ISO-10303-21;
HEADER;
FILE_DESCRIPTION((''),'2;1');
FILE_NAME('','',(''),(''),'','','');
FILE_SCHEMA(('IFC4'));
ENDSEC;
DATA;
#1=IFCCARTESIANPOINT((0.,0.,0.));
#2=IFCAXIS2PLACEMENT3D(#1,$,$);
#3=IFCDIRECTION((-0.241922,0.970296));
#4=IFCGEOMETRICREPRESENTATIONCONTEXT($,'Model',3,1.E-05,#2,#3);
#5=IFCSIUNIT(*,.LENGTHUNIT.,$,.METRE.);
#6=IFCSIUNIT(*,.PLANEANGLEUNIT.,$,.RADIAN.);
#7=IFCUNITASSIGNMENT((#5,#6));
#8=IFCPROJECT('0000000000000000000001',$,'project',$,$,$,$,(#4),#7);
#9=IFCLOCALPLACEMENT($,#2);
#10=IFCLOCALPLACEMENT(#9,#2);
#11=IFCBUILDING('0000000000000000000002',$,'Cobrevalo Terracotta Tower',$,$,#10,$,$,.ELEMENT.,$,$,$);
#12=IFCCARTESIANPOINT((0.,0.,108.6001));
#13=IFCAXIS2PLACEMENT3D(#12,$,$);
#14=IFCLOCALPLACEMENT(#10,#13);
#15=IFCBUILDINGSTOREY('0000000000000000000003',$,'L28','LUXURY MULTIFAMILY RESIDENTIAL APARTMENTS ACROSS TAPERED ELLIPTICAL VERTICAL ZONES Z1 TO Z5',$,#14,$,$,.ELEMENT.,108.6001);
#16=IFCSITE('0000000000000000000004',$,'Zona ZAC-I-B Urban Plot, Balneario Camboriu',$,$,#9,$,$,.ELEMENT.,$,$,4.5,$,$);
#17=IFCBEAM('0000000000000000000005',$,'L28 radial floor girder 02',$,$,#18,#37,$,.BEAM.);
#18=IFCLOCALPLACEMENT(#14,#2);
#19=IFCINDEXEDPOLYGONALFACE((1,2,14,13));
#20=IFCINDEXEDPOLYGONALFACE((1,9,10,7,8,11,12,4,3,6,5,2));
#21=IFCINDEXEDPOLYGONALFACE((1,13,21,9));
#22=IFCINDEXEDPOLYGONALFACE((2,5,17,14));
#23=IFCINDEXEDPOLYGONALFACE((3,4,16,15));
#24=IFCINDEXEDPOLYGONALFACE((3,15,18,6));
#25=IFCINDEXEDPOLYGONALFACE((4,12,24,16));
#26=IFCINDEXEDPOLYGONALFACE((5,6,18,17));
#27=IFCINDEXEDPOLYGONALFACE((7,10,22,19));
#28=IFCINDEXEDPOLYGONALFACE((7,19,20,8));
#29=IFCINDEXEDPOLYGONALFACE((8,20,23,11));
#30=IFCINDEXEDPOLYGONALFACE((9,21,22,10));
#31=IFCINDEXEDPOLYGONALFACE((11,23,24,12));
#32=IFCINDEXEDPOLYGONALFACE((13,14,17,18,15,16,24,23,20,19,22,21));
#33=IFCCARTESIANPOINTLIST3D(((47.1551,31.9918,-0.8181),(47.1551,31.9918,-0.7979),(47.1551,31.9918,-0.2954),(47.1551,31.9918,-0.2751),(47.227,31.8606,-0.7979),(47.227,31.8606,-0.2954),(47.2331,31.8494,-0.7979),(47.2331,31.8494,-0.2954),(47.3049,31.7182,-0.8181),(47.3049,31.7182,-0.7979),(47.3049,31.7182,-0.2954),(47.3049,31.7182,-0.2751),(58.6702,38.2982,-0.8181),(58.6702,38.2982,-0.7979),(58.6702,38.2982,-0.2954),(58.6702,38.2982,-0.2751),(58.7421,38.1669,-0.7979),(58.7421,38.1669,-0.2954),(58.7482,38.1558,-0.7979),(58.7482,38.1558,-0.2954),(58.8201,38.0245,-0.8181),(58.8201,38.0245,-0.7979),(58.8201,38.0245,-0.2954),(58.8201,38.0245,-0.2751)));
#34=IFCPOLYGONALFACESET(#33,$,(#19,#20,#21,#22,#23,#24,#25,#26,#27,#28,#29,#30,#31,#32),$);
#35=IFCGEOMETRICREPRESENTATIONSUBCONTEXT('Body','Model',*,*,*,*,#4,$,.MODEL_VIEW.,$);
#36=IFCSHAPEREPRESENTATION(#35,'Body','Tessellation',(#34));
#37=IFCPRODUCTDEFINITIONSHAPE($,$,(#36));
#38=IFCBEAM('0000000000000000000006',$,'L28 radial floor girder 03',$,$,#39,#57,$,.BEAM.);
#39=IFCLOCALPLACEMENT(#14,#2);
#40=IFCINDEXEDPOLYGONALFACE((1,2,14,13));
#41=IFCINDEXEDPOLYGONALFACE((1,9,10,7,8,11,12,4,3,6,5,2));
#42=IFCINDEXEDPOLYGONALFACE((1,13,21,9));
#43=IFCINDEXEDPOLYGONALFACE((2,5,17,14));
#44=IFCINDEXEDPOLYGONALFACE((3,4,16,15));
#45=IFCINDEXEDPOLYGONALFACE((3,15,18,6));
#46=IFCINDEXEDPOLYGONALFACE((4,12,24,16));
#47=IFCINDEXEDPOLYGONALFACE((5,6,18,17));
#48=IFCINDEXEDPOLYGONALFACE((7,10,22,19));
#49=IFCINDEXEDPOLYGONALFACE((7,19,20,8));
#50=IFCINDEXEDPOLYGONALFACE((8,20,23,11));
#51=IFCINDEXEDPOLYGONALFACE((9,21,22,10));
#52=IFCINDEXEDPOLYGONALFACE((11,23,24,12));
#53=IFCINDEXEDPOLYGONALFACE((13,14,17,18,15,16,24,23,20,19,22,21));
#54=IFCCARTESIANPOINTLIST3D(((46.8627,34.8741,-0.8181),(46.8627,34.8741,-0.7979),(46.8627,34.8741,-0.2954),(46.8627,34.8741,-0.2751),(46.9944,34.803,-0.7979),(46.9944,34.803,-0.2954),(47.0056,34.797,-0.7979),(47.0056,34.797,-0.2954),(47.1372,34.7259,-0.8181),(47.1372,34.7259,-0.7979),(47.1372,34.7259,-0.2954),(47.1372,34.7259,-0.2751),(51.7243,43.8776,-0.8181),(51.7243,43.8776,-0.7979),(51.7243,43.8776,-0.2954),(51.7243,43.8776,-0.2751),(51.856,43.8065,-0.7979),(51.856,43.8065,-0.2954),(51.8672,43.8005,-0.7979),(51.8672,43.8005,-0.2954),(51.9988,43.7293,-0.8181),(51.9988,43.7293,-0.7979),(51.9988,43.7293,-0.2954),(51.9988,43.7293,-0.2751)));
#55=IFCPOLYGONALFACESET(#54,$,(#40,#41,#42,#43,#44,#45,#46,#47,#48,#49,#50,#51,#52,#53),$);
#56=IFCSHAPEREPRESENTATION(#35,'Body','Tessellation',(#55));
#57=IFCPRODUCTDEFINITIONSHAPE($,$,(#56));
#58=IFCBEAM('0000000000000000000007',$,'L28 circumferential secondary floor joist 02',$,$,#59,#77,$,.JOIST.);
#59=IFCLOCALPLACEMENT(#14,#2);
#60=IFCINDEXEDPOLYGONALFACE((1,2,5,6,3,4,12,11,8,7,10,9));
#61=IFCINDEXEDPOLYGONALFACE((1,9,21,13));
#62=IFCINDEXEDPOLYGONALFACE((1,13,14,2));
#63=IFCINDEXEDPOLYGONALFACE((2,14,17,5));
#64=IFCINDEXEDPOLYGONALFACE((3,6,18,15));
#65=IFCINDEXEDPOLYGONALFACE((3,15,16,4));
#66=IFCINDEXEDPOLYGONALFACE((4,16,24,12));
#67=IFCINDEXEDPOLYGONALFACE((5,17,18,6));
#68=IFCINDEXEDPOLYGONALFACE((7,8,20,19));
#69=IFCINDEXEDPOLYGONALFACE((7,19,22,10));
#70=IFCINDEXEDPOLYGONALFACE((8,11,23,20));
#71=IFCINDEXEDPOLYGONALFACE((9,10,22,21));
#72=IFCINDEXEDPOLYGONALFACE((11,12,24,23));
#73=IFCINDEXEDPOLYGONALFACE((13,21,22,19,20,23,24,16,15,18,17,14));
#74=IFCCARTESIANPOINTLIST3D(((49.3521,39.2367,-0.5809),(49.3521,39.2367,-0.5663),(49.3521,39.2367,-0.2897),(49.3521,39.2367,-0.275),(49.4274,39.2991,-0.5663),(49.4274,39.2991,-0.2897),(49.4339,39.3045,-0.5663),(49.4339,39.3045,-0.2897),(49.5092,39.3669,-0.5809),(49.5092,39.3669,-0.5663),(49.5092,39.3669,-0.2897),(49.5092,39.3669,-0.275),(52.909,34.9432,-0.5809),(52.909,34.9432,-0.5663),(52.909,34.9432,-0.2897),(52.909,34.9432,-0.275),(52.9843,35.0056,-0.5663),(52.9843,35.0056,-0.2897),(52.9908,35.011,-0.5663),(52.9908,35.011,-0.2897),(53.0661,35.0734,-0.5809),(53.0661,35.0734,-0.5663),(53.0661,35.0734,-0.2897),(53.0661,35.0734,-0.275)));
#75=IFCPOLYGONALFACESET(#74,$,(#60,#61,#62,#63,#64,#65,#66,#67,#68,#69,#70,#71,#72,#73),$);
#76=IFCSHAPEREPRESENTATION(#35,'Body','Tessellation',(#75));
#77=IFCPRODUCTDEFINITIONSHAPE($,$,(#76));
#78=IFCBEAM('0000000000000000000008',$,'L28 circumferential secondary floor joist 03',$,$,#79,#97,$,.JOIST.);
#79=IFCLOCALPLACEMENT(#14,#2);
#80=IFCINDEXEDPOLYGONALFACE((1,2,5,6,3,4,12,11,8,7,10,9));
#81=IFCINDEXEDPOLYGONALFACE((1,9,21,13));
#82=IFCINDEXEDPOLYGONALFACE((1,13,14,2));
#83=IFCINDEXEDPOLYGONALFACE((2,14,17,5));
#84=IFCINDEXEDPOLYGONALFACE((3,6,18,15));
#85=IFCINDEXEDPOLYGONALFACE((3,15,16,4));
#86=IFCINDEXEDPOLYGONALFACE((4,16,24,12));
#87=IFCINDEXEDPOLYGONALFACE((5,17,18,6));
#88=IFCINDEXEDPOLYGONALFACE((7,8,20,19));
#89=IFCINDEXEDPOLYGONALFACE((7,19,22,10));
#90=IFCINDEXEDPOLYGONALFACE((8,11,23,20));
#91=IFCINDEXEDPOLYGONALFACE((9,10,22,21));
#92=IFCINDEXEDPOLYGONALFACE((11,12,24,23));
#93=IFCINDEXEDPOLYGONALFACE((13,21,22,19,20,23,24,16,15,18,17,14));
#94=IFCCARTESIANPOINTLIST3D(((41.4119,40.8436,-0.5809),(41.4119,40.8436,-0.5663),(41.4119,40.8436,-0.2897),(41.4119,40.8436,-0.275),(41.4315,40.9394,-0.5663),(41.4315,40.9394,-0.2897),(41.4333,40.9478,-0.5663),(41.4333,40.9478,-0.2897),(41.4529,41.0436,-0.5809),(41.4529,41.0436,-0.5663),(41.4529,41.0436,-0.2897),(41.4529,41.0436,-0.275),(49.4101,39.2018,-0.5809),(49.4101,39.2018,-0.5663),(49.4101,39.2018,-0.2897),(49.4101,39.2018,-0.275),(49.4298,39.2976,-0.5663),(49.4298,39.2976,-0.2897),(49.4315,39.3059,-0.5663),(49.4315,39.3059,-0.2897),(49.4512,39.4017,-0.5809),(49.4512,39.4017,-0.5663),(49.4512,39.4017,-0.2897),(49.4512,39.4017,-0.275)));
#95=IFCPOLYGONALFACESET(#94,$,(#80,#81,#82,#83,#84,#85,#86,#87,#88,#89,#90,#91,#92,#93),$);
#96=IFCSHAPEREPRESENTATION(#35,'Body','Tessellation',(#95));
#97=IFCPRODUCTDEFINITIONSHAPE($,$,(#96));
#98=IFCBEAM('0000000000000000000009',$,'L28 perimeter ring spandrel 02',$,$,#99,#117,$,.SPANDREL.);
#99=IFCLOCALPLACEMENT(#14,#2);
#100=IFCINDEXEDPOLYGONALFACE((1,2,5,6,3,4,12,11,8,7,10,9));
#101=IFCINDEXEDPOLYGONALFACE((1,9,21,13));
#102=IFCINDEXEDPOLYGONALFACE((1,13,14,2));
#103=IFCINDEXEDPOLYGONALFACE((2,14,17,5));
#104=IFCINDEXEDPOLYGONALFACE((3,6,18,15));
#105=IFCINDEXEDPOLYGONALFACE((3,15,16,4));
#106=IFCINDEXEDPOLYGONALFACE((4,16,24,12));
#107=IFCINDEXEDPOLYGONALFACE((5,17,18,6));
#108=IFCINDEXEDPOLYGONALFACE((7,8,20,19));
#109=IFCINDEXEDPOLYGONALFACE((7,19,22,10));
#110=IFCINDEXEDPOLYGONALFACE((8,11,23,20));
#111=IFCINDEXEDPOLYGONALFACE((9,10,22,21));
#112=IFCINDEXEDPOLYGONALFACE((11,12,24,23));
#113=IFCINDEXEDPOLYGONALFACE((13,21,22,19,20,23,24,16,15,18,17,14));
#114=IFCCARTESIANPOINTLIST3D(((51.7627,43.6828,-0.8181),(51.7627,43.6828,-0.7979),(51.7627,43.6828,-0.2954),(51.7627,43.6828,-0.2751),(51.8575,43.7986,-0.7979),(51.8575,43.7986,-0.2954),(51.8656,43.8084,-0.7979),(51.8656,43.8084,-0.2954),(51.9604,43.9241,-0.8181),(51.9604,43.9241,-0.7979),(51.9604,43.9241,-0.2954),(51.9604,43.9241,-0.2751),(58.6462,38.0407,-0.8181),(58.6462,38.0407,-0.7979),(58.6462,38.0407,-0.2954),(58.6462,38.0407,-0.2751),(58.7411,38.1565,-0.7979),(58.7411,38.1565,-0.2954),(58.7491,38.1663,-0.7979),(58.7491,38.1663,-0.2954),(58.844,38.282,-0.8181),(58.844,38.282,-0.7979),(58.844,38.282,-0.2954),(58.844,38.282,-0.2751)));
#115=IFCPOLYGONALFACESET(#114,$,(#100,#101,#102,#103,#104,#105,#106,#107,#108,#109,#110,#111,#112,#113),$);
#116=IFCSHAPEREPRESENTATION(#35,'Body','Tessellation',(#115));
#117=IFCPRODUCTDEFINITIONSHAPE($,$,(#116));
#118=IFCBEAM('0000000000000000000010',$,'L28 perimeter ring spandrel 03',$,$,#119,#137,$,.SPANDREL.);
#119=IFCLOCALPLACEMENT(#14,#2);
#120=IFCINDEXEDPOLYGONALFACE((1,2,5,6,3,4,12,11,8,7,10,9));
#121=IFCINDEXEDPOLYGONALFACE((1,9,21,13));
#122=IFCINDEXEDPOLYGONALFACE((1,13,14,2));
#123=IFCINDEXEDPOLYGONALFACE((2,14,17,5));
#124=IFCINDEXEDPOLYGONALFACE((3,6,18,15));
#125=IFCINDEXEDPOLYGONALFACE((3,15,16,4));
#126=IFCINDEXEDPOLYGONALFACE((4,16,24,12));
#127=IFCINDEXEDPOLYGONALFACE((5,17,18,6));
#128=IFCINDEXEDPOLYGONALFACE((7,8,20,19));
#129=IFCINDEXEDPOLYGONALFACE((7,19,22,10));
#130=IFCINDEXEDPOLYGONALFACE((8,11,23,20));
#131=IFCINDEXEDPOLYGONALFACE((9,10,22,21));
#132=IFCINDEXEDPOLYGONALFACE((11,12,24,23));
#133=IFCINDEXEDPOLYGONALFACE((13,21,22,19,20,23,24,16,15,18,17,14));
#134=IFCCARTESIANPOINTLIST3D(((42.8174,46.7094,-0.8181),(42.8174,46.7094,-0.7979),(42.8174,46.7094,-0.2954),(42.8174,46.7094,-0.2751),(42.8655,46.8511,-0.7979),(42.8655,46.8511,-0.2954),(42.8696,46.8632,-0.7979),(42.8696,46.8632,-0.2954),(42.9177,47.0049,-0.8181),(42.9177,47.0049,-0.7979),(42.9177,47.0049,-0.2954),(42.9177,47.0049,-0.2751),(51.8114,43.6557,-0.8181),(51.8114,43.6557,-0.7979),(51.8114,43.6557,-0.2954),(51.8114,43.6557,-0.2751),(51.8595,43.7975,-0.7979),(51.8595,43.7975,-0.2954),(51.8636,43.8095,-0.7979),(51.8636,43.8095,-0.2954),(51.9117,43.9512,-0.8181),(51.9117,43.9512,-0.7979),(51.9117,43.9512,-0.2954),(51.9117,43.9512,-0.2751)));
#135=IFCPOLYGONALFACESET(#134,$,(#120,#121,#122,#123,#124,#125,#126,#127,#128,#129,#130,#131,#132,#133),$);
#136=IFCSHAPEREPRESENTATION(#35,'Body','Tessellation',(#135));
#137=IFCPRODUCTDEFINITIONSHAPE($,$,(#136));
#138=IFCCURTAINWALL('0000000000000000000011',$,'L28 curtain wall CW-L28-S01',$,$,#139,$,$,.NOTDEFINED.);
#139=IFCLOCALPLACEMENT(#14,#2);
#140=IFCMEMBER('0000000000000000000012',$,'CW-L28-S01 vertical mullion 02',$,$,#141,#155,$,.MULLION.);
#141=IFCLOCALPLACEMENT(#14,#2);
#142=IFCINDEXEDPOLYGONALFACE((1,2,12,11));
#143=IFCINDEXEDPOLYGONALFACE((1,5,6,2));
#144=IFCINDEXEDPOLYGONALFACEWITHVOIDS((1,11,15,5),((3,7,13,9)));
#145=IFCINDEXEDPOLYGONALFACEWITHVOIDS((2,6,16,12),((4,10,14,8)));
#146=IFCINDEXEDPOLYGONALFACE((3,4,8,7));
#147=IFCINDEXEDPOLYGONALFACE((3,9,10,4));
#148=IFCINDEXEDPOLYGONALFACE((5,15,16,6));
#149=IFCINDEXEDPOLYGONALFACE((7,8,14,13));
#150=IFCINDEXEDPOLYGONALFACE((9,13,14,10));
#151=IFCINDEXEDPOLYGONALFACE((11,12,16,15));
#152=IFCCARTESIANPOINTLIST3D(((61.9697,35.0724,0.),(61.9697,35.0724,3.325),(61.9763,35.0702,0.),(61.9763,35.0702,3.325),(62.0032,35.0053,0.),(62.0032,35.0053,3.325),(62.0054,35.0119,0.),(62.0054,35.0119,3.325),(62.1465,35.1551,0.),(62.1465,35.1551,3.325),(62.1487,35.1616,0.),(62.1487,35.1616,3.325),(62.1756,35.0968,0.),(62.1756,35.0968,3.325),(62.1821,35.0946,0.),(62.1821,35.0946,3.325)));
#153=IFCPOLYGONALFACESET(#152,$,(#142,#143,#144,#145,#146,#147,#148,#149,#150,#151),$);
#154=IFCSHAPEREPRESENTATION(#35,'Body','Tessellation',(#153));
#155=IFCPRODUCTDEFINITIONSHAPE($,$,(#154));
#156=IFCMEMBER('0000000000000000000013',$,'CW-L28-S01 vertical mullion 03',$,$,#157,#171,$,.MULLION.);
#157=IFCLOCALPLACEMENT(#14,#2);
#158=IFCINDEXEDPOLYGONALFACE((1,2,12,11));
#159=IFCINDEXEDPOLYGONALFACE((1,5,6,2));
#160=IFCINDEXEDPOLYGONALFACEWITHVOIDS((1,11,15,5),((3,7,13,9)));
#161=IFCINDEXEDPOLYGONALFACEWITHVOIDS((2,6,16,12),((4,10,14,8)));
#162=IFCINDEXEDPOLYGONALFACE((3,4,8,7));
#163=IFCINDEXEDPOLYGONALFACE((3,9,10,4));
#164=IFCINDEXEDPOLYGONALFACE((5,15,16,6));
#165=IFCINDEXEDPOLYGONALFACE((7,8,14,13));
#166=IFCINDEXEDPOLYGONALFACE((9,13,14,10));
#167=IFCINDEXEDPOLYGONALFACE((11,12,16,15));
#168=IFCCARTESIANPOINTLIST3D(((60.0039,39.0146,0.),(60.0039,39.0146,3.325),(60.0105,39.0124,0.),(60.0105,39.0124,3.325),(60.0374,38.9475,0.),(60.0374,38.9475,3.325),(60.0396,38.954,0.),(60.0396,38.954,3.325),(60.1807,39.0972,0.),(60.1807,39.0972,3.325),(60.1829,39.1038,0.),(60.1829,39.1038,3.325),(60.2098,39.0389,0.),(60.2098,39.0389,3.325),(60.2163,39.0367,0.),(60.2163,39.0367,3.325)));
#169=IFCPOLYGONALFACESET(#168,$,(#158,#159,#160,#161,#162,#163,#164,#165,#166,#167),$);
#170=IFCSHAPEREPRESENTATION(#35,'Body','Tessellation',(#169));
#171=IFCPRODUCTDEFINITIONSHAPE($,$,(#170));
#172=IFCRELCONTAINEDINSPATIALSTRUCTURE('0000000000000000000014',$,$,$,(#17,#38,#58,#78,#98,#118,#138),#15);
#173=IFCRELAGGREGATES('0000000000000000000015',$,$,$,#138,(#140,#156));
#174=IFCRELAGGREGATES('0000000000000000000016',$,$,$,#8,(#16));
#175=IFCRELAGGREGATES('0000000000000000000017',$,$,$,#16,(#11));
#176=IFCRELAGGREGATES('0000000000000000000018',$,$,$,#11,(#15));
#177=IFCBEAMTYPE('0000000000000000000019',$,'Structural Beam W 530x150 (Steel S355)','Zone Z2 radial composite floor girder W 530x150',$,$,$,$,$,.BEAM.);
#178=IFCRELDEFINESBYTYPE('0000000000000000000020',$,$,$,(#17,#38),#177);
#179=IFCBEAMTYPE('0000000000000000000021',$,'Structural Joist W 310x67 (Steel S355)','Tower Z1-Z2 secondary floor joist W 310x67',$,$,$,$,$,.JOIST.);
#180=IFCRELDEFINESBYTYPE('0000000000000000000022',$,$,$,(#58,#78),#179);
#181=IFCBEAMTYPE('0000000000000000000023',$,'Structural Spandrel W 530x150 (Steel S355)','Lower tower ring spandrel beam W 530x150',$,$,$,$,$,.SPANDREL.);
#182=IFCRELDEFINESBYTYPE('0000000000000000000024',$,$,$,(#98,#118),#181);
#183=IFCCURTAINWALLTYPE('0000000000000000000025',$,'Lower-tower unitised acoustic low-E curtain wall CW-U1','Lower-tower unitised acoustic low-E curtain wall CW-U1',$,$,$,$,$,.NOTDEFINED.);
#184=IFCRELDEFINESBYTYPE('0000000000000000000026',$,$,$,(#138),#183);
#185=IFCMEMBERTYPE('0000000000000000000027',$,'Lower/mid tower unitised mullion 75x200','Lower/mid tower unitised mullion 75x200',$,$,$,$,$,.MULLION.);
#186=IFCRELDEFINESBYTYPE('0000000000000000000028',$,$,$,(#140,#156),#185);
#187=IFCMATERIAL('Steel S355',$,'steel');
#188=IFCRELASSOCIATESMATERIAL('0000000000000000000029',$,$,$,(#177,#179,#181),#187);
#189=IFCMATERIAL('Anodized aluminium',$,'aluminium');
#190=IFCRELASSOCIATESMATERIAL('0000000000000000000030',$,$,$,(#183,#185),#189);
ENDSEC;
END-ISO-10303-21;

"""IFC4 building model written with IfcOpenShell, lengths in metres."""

from ifc_helpers import new_model, si_unit, direction, frame, origin, origin_2d, place, context, subcontext, project, spatial, hollow_rectangle, i_section, extrude, source, transform, mapped, material, material_profile, profile_set, type_object, element, aggregate, save


model = new_model("IFC4")

# Units and contexts
model_context = context("Model", 3, precision=1e-05, world=origin(), true_north=direction((-0.241922, 0.970296)))
body_context = subcontext(model_context, "Body", "Model", "MODEL_VIEW")
ifc_project = project(units=[si_unit("LENGTHUNIT", "METRE"), si_unit("PLANEANGLEUNIT", "RADIAN")], contexts=[model_context])

# Site, building, storey
site_placement = place(None, origin())
site = spatial("IfcSite", under=ifc_project, at=site_placement, Name="Zona ZAC-I-B Urban Plot, Balneario Camboriu", CompositionType="ELEMENT", RefElevation=4.5)
building_placement = place(site_placement, origin())
building = spatial("IfcBuilding", under=site, at=building_placement, Name="Cobrevalo Terracotta Tower", CompositionType="ELEMENT")
storey_placement = place(building_placement, frame((0.0, 0.0, 108.6001)))
storey = spatial("IfcBuildingStorey", under=building, at=storey_placement, Name="L28", Description="LUXURY MULTIFAMILY RESIDENTIAL APARTMENTS ACROSS TAPERED ELLIPTICAL VERTICAL ZONES Z1 TO Z5", CompositionType="ELEMENT", Elevation=108.6001)

# Shared definitions
ifc_material_1 = material(Name="Steel S355", Category="steel")

# Beams
ifc_material_profile_1 = material_profile(ifc_material_1, i_section(OverallWidth=0.312, OverallDepth=0.543, WebThickness=0.0127, FlangeThickness=0.0203, at=origin_2d()), Name="W 530x150")
ifc_profile_set_1 = profile_set([ifc_material_profile_1], Name="Steel S355")
beam_type_1 = type_object("IfcBeamType", Name="Structural Beam W 530x150 (Steel S355)", Description="Zone Z2 radial composite floor girder W 530x150", PredefinedType="BEAM", material=ifc_profile_set_1)
beam_1_placement = place(storey_placement, frame((58.7451, 38.1614, -0.5466), z_axis=(-0.877081, -0.480343, 0.0), x_axis=(0.480343, -0.877081, 0.0)))
element("IfcBeam", 1, at=beam_1_placement, inside=storey, type_object=beam_type_1, Name="L28 radial floor girder 02", PredefinedType="BEAM", context=body_context, shape_type="SweptSolid", body=[
    extrude(i_section(OverallWidth=0.312, OverallDepth=0.543, WebThickness=0.0127, FlangeThickness=0.0203, at=origin_2d()), origin(), (0.0, 0.0, 1.0), 13.1289),
])
beam_2_placement = place(storey_placement, frame((51.8616, 43.8035, -0.5466), z_axis=(-0.475128, -0.879917, 0.0), x_axis=(0.879917, -0.475128, 0.0)))
element("IfcBeam", 2, at=beam_2_placement, inside=storey, type_object=beam_type_1, Name="L28 radial floor girder 03", PredefinedType="BEAM", context=body_context, shape_type="SweptSolid", body=[
    extrude(i_section(OverallWidth=0.312, OverallDepth=0.543, WebThickness=0.0127, FlangeThickness=0.0203, at=origin_2d()), origin(), (0.0, 0.0, 1.0), 10.2322),
])
ifc_material_profile_2 = material_profile(ifc_material_1, i_section(OverallWidth=0.2041, OverallDepth=0.3059, WebThickness=0.0085, FlangeThickness=0.0146, at=origin_2d()), Name="W 310x67")
ifc_profile_set_2 = profile_set([ifc_material_profile_2], Name="Steel S355")
beam_type_2 = type_object("IfcBeamType", Name="Structural Joist W 310x67 (Steel S355)", Description="Tower Z1-Z2 secondary floor joist W 310x67", PredefinedType="JOIST", material=ifc_profile_set_2)
beam_3_placement = place(storey_placement, frame((52.9875, 35.0083, -0.428), z_axis=(-0.637959, 0.77007, 0.0), x_axis=(-0.77007, -0.637959, 0.0)))
element("IfcBeam", 3, at=beam_3_placement, inside=storey, type_object=beam_type_2, Name="L28 circumferential secondary floor joist 02", PredefinedType="JOIST", context=body_context, shape_type="SweptSolid", body=[
    extrude(i_section(OverallWidth=0.2041, OverallDepth=0.3059, WebThickness=0.0085, FlangeThickness=0.0146, at=origin_2d()), origin(), (0.0, 0.0, 1.0), 5.5754),
])
beam_4_placement = place(storey_placement, frame((49.4307, 39.3018, -0.428), z_axis=(-0.979574, 0.201082, 0.0), x_axis=(-0.201082, -0.979574, 0.0)))
element("IfcBeam", 4, at=beam_4_placement, inside=storey, type_object=beam_type_2, Name="L28 circumferential secondary floor joist 03", PredefinedType="JOIST", context=body_context, shape_type="SweptSolid", body=[
    extrude(i_section(OverallWidth=0.2041, OverallDepth=0.3059, WebThickness=0.0085, FlangeThickness=0.0146, at=origin_2d()), origin(), (0.0, 0.0, 1.0), 8.165),
])
ifc_material_profile_3 = material_profile(ifc_material_1, i_section(OverallWidth=0.312, OverallDepth=0.543, WebThickness=0.0127, FlangeThickness=0.0203, at=origin_2d()), Name="W 530x150")
ifc_profile_set_3 = profile_set([ifc_material_profile_3], Name="Steel S355")
beam_type_3 = type_object("IfcBeamType", Name="Structural Spandrel W 530x150 (Steel S355)", Description="Lower tower ring spandrel beam W 530x150", PredefinedType="SPANDREL", material=ifc_profile_set_3)
beam_5_placement = place(storey_placement, frame((58.7451, 38.1614, -0.5466), z_axis=(-0.773401, 0.633917, 0.0), x_axis=(-0.633917, -0.773401, 0.0)))
element("IfcBeam", 5, at=beam_5_placement, inside=storey, type_object=beam_type_3, Name="L28 perimeter ring spandrel 02", PredefinedType="SPANDREL", context=body_context, shape_type="SweptSolid", body=[
    extrude(i_section(OverallWidth=0.312, OverallDepth=0.543, WebThickness=0.0127, FlangeThickness=0.0203, at=origin_2d()), origin(), (0.0, 0.0, 1.0), 8.9004),
])
beam_6_placement = place(storey_placement, frame((51.8616, 43.8035, -0.5466), z_axis=(-0.946911, 0.321497, 0.0), x_axis=(-0.321497, -0.946911, 0.0)))
element("IfcBeam", 6, at=beam_6_placement, inside=storey, type_object=beam_type_3, Name="L28 perimeter ring spandrel 03", PredefinedType="SPANDREL", context=body_context, shape_type="SweptSolid", body=[
    extrude(i_section(OverallWidth=0.312, OverallDepth=0.543, WebThickness=0.0127, FlangeThickness=0.0203, at=origin_2d()), origin(), (0.0, 0.0, 1.0), 9.4983),
])

# Curtain wall, members
ifc_material_2 = material(Name="Anodized aluminium", Category="aluminium")
curtain_wall_type = type_object("IfcCurtainWallType", Name="Lower-tower unitised acoustic low-E curtain wall CW-U1", Description="Lower-tower unitised acoustic low-E curtain wall CW-U1", PredefinedType="NOTDEFINED", material=ifc_material_2)
curtain_wall_placement = place(storey_placement, origin())
curtain_wall = element("IfcCurtainWall", 7, at=curtain_wall_placement, inside=storey, type_object=curtain_wall_type, Name="L28 curtain wall CW-L28-S01", PredefinedType="NOTDEFINED")
ifc_material_profile_4 = material_profile(ifc_material_2, hollow_rectangle(XDim=0.075, YDim=0.2, WallThickness=0.0049, at=origin_2d()), Name="CWM 75x200")
ifc_profile_set_4 = profile_set([ifc_material_profile_4], Name="Anodized aluminium")
member_type_1 = type_object("IfcMemberType", Name="Lower/mid tower unitised mullion 75x200", Description="Lower/mid tower unitised mullion 75x200", PredefinedType="MULLION", material=ifc_profile_set_4)
shared_shape_1 = source(origin(), body_context, "Body", "SweptSolid", [
    extrude(hollow_rectangle(XDim=0.075, YDim=0.2, WallThickness=0.0049, at=origin_2d()), origin(), (0.0, 0.0, 1.0), 3.325),
])
member_1_placement = place(storey_placement, frame((62.0759, 35.0835, 0.0), z_axis=(0.0, 0.0, 1.0), x_axis=(-0.44626, 0.894903, 0.0)))
member_1 = element("IfcMember", 8, at=member_1_placement, type_object=member_type_1, Name="CW-L28-S01 vertical mullion 02", PredefinedType="MULLION", context=body_context, shape_type="MappedRepresentation", body=[
    mapped(shared_shape_1, transform((0.0, 0.0, 0.0), scale=1.0)),
])
member_2_placement = place(storey_placement, frame((60.1101, 39.0256, 0.0), z_axis=(0.0, 0.0, 1.0), x_axis=(-0.44626, 0.894903, 0.0)))
member_2 = element("IfcMember", 9, at=member_2_placement, type_object=member_type_1, Name="CW-L28-S01 vertical mullion 03", PredefinedType="MULLION", context=body_context, shape_type="MappedRepresentation", body=[
    mapped(shared_shape_1, transform((0.0, 0.0, 0.0), scale=1.0)),
])
aggregate(curtain_wall, [member_1, member_2])

save(model, "model.ifc")
